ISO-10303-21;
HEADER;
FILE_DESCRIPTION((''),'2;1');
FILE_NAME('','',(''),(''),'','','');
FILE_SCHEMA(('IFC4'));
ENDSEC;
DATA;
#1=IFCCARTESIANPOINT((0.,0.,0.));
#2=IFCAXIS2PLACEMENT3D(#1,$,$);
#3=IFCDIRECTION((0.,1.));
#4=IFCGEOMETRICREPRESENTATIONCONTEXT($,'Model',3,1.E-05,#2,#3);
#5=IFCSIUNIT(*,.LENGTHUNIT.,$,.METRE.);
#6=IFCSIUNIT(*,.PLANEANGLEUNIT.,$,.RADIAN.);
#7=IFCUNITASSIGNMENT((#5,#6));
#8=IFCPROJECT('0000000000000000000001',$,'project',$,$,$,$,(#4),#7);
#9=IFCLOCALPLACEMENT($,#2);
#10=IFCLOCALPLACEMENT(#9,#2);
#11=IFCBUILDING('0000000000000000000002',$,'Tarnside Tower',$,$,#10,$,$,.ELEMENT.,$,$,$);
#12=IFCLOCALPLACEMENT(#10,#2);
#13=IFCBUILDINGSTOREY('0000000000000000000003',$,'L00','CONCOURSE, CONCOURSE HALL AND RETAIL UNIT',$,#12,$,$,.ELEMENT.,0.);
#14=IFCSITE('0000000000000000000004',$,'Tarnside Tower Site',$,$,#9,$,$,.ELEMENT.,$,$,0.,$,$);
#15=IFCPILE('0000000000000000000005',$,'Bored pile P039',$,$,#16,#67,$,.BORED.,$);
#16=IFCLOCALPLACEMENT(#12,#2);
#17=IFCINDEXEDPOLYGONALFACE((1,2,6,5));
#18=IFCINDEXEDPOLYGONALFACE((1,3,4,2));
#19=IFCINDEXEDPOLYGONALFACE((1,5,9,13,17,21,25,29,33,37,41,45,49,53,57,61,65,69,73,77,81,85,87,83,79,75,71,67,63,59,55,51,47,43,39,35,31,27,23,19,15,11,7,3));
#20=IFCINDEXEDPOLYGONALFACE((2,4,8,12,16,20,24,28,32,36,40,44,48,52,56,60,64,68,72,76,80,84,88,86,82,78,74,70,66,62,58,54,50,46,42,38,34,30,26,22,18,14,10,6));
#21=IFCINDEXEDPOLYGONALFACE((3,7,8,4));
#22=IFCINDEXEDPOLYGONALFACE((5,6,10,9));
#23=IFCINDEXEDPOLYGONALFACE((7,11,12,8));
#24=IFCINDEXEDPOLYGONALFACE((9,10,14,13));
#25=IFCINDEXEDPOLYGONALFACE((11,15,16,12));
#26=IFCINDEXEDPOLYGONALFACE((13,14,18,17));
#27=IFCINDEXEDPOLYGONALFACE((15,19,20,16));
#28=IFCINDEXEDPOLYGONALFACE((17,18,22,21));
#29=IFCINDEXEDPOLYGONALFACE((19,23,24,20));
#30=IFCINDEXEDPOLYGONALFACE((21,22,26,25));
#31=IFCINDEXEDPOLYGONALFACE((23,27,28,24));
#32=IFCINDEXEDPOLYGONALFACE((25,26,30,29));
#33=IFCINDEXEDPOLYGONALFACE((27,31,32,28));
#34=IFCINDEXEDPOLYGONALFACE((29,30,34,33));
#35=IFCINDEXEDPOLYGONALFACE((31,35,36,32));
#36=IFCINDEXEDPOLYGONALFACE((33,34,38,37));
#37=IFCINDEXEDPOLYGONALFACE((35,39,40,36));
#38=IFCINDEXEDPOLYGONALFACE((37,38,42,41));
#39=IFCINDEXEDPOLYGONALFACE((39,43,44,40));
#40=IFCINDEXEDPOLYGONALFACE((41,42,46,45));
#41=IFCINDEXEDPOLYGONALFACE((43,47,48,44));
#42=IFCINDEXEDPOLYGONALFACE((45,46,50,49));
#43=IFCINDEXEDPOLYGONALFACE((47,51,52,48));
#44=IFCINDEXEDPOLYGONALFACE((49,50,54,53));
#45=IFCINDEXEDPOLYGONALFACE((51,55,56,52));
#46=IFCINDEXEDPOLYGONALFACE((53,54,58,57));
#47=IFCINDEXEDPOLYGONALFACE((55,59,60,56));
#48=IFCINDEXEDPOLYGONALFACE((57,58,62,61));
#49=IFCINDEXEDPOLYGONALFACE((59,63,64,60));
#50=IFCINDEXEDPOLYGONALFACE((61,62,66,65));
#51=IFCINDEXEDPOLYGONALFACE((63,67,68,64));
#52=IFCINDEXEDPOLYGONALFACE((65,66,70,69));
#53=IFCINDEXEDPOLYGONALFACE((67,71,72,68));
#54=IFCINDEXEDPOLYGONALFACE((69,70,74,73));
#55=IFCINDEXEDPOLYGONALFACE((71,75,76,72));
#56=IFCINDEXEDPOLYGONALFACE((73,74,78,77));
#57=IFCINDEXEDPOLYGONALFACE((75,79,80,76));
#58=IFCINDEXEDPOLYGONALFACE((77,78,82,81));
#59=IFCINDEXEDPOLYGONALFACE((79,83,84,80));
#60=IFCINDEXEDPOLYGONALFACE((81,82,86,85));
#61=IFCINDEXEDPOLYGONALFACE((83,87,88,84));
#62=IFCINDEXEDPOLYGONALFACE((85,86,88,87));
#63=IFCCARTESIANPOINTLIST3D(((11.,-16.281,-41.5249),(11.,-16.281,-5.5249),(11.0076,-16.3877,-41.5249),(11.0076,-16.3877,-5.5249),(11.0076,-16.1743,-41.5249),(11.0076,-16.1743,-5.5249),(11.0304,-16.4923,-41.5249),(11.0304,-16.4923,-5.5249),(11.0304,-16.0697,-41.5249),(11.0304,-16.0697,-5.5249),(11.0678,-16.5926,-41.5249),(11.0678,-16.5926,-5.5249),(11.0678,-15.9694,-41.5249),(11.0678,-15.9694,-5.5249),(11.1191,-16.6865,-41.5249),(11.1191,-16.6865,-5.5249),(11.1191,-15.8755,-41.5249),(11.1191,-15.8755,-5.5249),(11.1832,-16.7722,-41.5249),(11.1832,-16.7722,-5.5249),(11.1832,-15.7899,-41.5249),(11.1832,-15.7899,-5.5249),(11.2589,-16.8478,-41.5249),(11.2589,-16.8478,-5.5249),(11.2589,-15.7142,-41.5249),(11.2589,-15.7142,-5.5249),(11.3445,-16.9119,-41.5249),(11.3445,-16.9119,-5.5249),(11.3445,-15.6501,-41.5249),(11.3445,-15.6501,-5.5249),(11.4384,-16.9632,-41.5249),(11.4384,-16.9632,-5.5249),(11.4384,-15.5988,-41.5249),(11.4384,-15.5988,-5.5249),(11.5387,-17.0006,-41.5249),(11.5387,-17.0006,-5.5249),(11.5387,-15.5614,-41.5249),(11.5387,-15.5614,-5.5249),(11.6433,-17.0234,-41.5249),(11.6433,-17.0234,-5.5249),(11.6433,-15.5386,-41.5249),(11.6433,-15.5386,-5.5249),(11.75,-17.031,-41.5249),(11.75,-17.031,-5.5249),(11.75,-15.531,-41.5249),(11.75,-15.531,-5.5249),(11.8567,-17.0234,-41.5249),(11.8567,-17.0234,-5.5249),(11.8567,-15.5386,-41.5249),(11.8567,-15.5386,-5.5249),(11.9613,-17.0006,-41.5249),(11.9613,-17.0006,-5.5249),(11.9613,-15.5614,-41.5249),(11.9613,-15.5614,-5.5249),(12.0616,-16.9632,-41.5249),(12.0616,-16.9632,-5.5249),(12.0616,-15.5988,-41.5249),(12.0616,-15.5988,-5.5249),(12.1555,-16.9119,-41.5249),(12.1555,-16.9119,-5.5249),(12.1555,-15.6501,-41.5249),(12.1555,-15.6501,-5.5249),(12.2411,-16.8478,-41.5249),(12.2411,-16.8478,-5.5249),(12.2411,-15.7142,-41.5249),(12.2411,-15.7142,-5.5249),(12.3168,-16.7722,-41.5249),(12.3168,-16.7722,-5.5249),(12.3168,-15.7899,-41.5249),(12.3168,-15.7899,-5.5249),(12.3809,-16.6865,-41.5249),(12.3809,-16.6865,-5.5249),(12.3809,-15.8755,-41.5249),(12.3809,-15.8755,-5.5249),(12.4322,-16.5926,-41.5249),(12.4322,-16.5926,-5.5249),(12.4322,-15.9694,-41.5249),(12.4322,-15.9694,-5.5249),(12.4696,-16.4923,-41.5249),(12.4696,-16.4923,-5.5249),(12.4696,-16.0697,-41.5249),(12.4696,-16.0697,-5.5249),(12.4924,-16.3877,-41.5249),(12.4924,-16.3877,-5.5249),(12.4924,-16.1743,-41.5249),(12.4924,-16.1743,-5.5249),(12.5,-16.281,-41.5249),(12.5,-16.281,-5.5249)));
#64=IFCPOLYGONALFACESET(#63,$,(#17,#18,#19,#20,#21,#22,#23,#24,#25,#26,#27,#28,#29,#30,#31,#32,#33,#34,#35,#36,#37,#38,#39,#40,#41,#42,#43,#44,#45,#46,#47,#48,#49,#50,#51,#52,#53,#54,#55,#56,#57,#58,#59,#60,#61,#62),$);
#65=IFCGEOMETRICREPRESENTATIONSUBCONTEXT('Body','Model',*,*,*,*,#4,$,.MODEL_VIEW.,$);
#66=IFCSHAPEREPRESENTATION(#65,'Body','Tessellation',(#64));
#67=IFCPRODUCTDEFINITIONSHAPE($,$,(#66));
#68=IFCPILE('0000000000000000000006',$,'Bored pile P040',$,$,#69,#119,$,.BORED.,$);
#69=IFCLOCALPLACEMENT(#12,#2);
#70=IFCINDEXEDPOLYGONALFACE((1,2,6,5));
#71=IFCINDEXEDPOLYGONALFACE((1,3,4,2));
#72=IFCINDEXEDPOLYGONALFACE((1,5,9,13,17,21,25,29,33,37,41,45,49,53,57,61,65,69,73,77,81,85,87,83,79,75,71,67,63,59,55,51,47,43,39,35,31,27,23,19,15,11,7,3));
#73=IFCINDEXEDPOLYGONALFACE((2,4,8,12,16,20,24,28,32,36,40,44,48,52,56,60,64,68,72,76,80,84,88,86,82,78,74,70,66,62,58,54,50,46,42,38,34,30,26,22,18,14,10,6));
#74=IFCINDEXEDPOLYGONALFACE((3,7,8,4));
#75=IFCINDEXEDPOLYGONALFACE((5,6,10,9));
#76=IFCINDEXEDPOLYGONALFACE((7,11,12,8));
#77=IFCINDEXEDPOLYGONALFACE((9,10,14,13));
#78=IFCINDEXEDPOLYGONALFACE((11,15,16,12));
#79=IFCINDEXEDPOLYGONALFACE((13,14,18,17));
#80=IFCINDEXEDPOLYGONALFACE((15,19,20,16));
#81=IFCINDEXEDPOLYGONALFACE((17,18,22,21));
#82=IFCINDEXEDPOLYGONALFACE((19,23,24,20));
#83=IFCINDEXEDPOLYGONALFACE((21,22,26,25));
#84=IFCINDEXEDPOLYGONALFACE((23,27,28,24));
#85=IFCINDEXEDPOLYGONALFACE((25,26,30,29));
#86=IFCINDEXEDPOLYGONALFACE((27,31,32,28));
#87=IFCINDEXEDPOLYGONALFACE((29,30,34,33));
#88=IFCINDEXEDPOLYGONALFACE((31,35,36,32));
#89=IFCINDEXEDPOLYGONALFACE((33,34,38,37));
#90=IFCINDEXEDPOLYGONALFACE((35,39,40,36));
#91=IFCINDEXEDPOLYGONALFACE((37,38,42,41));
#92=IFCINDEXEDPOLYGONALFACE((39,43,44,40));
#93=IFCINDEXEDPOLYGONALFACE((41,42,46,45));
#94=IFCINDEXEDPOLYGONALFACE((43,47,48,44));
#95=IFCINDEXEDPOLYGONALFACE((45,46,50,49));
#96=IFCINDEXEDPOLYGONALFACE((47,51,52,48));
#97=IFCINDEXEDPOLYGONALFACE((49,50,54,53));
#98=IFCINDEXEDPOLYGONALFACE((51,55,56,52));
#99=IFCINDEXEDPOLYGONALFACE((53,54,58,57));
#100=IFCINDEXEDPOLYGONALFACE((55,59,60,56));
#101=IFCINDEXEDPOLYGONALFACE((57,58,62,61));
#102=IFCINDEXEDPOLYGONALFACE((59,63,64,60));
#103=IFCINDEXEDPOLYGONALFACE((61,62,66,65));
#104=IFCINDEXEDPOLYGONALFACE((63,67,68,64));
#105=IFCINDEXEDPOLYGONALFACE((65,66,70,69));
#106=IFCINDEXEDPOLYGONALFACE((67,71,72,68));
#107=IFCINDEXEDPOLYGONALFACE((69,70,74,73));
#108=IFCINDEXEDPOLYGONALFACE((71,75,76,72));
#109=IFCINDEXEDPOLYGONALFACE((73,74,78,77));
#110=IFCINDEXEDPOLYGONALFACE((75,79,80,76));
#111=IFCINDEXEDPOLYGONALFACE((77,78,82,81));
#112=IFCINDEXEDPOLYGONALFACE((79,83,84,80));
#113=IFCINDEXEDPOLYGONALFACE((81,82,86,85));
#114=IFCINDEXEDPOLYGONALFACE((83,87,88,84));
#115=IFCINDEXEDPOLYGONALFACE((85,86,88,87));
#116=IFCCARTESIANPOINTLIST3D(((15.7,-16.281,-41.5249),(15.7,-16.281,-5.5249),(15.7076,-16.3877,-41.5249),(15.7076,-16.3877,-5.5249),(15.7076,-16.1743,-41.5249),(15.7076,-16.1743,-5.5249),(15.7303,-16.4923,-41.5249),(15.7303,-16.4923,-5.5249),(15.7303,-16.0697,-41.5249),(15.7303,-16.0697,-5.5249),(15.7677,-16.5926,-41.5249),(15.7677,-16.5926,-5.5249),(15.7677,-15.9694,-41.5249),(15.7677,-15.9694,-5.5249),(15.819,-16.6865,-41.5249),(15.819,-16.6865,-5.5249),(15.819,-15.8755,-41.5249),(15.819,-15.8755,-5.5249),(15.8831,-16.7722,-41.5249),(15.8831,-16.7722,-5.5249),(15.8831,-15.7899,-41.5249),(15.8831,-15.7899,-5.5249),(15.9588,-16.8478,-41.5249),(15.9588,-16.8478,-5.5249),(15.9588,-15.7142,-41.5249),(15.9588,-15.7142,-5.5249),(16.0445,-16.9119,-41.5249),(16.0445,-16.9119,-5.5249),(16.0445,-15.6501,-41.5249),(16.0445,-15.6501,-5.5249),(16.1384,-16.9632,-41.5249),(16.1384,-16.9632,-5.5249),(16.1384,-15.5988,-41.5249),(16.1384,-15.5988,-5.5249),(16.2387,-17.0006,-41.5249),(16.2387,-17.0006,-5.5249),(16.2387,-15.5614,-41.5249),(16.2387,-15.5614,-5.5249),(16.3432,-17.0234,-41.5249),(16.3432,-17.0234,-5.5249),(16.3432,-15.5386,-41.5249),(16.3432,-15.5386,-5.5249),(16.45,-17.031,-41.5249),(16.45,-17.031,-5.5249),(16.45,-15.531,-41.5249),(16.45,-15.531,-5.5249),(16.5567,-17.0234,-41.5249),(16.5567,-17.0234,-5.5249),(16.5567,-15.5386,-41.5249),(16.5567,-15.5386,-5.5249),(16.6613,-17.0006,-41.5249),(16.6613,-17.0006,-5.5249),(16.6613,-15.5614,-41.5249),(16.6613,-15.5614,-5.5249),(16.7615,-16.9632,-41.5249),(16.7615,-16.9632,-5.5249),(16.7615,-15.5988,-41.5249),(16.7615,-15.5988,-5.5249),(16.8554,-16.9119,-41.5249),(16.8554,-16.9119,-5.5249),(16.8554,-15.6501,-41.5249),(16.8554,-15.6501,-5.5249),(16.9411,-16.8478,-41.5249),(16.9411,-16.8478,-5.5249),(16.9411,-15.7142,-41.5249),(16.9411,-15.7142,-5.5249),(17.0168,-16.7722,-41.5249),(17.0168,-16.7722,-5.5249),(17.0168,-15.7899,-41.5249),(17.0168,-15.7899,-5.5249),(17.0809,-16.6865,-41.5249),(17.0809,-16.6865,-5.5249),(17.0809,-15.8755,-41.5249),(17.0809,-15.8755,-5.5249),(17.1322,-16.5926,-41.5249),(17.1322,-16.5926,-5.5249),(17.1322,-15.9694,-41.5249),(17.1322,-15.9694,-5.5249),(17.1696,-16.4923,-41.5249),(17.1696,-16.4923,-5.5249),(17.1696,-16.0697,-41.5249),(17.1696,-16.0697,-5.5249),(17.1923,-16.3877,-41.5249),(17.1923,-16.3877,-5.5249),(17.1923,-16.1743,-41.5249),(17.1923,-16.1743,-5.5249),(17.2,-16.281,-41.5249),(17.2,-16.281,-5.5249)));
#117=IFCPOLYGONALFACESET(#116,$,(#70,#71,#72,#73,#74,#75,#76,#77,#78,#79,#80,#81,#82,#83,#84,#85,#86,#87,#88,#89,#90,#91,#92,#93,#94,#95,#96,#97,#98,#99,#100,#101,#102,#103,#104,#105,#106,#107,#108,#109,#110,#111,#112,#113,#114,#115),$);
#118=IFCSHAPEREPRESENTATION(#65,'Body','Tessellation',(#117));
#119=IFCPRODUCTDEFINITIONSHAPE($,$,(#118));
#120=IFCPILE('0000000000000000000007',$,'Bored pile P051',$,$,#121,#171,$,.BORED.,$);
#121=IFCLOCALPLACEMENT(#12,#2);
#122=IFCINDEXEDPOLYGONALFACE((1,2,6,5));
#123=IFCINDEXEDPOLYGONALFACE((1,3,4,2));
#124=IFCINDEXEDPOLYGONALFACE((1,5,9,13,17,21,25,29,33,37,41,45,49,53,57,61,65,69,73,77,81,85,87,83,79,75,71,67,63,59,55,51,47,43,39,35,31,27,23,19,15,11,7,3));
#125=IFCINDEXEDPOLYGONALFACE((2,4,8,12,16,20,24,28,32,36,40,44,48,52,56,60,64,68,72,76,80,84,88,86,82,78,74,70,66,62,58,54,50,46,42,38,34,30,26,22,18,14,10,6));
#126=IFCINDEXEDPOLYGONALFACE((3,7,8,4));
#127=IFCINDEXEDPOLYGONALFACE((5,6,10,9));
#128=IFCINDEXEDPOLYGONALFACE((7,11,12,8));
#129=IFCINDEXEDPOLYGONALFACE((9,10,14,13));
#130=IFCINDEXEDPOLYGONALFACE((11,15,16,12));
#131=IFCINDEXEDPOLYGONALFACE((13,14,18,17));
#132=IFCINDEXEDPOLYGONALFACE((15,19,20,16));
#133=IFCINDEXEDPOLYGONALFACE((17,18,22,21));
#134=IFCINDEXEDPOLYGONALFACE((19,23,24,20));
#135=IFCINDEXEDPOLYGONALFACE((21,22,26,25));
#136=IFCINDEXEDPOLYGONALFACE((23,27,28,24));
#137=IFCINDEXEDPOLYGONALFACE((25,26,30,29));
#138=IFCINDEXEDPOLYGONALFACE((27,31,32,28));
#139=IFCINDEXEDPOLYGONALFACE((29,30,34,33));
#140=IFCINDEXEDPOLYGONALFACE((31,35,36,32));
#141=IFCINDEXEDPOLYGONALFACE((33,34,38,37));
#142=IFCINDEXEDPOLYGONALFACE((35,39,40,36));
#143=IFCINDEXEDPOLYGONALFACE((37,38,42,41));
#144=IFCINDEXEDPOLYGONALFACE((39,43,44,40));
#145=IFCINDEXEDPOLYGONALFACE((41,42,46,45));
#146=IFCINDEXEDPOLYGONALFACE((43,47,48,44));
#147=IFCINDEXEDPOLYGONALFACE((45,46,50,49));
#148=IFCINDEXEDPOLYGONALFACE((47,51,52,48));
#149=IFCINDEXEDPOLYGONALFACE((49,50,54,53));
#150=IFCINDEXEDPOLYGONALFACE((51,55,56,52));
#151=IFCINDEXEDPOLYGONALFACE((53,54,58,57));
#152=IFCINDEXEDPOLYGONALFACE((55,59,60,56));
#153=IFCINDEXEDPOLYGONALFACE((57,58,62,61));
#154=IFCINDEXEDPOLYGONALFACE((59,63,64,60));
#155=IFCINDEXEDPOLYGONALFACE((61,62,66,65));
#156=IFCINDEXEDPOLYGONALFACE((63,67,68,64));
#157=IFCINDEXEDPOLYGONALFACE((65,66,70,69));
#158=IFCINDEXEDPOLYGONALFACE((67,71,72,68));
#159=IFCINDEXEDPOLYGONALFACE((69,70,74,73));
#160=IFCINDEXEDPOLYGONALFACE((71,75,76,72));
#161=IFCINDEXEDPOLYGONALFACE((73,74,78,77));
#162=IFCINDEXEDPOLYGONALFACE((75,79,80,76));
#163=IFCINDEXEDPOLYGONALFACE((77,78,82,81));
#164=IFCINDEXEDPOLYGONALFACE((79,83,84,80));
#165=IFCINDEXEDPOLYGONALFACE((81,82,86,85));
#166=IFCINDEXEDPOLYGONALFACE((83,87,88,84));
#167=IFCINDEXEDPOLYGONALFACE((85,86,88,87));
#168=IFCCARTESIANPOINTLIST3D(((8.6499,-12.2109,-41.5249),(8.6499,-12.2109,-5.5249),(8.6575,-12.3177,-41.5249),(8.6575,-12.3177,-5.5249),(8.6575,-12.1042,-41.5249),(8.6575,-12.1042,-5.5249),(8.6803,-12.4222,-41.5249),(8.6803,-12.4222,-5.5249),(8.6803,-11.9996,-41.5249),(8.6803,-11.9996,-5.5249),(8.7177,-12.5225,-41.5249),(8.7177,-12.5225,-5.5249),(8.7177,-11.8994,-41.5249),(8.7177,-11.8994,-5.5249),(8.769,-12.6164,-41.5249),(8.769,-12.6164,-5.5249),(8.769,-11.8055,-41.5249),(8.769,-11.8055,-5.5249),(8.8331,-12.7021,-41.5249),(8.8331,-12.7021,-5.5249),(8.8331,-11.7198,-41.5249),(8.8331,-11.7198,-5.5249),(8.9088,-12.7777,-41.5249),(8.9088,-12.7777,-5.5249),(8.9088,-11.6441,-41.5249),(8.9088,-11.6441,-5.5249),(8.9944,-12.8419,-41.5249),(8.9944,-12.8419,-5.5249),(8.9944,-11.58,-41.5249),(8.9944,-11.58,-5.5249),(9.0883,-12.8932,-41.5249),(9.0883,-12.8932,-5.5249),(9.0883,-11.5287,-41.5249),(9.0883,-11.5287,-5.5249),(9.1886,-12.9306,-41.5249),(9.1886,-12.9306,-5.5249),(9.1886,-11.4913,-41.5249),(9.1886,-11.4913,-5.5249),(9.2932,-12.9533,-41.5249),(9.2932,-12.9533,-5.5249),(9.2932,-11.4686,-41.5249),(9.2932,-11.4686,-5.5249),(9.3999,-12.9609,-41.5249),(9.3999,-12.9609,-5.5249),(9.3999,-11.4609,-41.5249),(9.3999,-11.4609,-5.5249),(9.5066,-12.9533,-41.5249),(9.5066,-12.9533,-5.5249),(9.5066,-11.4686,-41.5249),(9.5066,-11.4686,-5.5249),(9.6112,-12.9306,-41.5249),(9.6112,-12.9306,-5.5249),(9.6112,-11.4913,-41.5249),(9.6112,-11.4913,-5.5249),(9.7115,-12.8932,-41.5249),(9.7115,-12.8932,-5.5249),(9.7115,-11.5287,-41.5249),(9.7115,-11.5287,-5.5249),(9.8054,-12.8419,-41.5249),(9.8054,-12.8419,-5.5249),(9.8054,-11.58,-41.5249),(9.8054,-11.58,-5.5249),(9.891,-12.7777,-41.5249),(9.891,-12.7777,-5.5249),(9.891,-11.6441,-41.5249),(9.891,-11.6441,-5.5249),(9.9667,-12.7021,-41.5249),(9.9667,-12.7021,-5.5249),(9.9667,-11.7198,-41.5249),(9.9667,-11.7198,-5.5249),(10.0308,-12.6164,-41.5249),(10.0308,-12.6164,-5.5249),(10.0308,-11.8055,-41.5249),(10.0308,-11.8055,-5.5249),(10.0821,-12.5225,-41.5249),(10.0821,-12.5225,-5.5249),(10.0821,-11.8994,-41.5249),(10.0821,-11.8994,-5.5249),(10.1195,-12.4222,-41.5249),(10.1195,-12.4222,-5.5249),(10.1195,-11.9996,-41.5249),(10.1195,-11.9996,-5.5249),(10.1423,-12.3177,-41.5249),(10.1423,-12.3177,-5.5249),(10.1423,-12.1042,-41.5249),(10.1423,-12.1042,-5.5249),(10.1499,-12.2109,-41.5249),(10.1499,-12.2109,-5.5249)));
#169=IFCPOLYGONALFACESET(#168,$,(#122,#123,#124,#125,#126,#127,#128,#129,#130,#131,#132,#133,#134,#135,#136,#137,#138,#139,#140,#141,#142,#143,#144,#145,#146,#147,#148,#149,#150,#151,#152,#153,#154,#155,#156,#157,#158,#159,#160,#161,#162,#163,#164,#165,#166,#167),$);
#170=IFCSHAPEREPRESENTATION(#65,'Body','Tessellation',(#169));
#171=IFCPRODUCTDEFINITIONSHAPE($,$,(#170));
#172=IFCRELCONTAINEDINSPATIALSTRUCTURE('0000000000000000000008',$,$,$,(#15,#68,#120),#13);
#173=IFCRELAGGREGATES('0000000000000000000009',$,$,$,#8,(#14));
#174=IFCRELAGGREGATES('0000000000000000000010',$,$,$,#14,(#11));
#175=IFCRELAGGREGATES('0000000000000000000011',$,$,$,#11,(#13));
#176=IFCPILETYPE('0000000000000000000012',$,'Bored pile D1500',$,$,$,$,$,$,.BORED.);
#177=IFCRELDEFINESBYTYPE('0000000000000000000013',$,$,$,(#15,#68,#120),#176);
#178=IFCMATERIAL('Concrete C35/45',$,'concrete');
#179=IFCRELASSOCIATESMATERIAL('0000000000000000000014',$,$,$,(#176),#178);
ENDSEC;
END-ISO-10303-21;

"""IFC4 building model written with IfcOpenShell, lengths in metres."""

from ifc_helpers import new_model, si_unit, direction, frame, origin, origin_2d, place, context, subcontext, project, spatial, circle, extrude, material, material_profile, profile_set, type_object, element, save


model = new_model("IFC4")

# Units and contexts
model_context = context("Model", 3, precision=1e-05, world=origin(), true_north=direction((0.0, 1.0)))
body_context = subcontext(model_context, "Body", "Model", "MODEL_VIEW")
ifc_project = project(units=[si_unit("LENGTHUNIT", "METRE"), si_unit("PLANEANGLEUNIT", "RADIAN")], contexts=[model_context])

# Site, building, storey
site_placement = place(None, origin())
site = spatial("IfcSite", under=ifc_project, at=site_placement, Name="Tarnside Tower Site", CompositionType="ELEMENT", RefElevation=0.0)
building_placement = place(site_placement, origin())
building = spatial("IfcBuilding", under=site, at=building_placement, Name="Tarnside Tower", CompositionType="ELEMENT")
storey_placement = place(building_placement, origin())
storey = spatial("IfcBuildingStorey", under=building, at=storey_placement, Name="L00", Description="CONCOURSE, CONCOURSE HALL AND RETAIL UNIT", CompositionType="ELEMENT", Elevation=0.0)

# Piles
ifc_material_1 = material(Name="Concrete C35/45", Category="concrete")
ifc_material_profile_1 = material_profile(ifc_material_1, circle(Radius=0.75, at=origin_2d()), Name="Bored pile D1500")
ifc_profile_set_1 = profile_set([ifc_material_profile_1], Name="Concrete C35/45")
pile_type = type_object("IfcPileType", Name="Bored pile D1500", PredefinedType="BORED", material=ifc_profile_set_1)
for number, where, z_axis, x_axis, name in (
    (1, (11.75, -16.281, -5.5249), (0.0, 0.0, -1.0), (1.0, 0.0, 0.0), "Bored pile P039"),
    (2, (16.45, -16.281, -5.5249), (0.0, 0.0, -1.0), (1.0, 0.0, 0.0), "Bored pile P040"),
    (3, (9.3999, -12.2109, -5.5249), (0.0, 0.0, -1.0), (1.0, 0.0, 0.0), "Bored pile P051"),
):
    element("IfcPile", number, at=place(storey_placement, frame(where, z_axis=z_axis, x_axis=x_axis)), inside=storey, type_object=pile_type, Name=name, PredefinedType="BORED", context=body_context, shape_type="SweptSolid", body=[
        extrude(circle(Radius=0.75, at=origin_2d()), origin(), (0.0, 0.0, 1.0), 36.0),
    ])

save(model, "model.ifc")
